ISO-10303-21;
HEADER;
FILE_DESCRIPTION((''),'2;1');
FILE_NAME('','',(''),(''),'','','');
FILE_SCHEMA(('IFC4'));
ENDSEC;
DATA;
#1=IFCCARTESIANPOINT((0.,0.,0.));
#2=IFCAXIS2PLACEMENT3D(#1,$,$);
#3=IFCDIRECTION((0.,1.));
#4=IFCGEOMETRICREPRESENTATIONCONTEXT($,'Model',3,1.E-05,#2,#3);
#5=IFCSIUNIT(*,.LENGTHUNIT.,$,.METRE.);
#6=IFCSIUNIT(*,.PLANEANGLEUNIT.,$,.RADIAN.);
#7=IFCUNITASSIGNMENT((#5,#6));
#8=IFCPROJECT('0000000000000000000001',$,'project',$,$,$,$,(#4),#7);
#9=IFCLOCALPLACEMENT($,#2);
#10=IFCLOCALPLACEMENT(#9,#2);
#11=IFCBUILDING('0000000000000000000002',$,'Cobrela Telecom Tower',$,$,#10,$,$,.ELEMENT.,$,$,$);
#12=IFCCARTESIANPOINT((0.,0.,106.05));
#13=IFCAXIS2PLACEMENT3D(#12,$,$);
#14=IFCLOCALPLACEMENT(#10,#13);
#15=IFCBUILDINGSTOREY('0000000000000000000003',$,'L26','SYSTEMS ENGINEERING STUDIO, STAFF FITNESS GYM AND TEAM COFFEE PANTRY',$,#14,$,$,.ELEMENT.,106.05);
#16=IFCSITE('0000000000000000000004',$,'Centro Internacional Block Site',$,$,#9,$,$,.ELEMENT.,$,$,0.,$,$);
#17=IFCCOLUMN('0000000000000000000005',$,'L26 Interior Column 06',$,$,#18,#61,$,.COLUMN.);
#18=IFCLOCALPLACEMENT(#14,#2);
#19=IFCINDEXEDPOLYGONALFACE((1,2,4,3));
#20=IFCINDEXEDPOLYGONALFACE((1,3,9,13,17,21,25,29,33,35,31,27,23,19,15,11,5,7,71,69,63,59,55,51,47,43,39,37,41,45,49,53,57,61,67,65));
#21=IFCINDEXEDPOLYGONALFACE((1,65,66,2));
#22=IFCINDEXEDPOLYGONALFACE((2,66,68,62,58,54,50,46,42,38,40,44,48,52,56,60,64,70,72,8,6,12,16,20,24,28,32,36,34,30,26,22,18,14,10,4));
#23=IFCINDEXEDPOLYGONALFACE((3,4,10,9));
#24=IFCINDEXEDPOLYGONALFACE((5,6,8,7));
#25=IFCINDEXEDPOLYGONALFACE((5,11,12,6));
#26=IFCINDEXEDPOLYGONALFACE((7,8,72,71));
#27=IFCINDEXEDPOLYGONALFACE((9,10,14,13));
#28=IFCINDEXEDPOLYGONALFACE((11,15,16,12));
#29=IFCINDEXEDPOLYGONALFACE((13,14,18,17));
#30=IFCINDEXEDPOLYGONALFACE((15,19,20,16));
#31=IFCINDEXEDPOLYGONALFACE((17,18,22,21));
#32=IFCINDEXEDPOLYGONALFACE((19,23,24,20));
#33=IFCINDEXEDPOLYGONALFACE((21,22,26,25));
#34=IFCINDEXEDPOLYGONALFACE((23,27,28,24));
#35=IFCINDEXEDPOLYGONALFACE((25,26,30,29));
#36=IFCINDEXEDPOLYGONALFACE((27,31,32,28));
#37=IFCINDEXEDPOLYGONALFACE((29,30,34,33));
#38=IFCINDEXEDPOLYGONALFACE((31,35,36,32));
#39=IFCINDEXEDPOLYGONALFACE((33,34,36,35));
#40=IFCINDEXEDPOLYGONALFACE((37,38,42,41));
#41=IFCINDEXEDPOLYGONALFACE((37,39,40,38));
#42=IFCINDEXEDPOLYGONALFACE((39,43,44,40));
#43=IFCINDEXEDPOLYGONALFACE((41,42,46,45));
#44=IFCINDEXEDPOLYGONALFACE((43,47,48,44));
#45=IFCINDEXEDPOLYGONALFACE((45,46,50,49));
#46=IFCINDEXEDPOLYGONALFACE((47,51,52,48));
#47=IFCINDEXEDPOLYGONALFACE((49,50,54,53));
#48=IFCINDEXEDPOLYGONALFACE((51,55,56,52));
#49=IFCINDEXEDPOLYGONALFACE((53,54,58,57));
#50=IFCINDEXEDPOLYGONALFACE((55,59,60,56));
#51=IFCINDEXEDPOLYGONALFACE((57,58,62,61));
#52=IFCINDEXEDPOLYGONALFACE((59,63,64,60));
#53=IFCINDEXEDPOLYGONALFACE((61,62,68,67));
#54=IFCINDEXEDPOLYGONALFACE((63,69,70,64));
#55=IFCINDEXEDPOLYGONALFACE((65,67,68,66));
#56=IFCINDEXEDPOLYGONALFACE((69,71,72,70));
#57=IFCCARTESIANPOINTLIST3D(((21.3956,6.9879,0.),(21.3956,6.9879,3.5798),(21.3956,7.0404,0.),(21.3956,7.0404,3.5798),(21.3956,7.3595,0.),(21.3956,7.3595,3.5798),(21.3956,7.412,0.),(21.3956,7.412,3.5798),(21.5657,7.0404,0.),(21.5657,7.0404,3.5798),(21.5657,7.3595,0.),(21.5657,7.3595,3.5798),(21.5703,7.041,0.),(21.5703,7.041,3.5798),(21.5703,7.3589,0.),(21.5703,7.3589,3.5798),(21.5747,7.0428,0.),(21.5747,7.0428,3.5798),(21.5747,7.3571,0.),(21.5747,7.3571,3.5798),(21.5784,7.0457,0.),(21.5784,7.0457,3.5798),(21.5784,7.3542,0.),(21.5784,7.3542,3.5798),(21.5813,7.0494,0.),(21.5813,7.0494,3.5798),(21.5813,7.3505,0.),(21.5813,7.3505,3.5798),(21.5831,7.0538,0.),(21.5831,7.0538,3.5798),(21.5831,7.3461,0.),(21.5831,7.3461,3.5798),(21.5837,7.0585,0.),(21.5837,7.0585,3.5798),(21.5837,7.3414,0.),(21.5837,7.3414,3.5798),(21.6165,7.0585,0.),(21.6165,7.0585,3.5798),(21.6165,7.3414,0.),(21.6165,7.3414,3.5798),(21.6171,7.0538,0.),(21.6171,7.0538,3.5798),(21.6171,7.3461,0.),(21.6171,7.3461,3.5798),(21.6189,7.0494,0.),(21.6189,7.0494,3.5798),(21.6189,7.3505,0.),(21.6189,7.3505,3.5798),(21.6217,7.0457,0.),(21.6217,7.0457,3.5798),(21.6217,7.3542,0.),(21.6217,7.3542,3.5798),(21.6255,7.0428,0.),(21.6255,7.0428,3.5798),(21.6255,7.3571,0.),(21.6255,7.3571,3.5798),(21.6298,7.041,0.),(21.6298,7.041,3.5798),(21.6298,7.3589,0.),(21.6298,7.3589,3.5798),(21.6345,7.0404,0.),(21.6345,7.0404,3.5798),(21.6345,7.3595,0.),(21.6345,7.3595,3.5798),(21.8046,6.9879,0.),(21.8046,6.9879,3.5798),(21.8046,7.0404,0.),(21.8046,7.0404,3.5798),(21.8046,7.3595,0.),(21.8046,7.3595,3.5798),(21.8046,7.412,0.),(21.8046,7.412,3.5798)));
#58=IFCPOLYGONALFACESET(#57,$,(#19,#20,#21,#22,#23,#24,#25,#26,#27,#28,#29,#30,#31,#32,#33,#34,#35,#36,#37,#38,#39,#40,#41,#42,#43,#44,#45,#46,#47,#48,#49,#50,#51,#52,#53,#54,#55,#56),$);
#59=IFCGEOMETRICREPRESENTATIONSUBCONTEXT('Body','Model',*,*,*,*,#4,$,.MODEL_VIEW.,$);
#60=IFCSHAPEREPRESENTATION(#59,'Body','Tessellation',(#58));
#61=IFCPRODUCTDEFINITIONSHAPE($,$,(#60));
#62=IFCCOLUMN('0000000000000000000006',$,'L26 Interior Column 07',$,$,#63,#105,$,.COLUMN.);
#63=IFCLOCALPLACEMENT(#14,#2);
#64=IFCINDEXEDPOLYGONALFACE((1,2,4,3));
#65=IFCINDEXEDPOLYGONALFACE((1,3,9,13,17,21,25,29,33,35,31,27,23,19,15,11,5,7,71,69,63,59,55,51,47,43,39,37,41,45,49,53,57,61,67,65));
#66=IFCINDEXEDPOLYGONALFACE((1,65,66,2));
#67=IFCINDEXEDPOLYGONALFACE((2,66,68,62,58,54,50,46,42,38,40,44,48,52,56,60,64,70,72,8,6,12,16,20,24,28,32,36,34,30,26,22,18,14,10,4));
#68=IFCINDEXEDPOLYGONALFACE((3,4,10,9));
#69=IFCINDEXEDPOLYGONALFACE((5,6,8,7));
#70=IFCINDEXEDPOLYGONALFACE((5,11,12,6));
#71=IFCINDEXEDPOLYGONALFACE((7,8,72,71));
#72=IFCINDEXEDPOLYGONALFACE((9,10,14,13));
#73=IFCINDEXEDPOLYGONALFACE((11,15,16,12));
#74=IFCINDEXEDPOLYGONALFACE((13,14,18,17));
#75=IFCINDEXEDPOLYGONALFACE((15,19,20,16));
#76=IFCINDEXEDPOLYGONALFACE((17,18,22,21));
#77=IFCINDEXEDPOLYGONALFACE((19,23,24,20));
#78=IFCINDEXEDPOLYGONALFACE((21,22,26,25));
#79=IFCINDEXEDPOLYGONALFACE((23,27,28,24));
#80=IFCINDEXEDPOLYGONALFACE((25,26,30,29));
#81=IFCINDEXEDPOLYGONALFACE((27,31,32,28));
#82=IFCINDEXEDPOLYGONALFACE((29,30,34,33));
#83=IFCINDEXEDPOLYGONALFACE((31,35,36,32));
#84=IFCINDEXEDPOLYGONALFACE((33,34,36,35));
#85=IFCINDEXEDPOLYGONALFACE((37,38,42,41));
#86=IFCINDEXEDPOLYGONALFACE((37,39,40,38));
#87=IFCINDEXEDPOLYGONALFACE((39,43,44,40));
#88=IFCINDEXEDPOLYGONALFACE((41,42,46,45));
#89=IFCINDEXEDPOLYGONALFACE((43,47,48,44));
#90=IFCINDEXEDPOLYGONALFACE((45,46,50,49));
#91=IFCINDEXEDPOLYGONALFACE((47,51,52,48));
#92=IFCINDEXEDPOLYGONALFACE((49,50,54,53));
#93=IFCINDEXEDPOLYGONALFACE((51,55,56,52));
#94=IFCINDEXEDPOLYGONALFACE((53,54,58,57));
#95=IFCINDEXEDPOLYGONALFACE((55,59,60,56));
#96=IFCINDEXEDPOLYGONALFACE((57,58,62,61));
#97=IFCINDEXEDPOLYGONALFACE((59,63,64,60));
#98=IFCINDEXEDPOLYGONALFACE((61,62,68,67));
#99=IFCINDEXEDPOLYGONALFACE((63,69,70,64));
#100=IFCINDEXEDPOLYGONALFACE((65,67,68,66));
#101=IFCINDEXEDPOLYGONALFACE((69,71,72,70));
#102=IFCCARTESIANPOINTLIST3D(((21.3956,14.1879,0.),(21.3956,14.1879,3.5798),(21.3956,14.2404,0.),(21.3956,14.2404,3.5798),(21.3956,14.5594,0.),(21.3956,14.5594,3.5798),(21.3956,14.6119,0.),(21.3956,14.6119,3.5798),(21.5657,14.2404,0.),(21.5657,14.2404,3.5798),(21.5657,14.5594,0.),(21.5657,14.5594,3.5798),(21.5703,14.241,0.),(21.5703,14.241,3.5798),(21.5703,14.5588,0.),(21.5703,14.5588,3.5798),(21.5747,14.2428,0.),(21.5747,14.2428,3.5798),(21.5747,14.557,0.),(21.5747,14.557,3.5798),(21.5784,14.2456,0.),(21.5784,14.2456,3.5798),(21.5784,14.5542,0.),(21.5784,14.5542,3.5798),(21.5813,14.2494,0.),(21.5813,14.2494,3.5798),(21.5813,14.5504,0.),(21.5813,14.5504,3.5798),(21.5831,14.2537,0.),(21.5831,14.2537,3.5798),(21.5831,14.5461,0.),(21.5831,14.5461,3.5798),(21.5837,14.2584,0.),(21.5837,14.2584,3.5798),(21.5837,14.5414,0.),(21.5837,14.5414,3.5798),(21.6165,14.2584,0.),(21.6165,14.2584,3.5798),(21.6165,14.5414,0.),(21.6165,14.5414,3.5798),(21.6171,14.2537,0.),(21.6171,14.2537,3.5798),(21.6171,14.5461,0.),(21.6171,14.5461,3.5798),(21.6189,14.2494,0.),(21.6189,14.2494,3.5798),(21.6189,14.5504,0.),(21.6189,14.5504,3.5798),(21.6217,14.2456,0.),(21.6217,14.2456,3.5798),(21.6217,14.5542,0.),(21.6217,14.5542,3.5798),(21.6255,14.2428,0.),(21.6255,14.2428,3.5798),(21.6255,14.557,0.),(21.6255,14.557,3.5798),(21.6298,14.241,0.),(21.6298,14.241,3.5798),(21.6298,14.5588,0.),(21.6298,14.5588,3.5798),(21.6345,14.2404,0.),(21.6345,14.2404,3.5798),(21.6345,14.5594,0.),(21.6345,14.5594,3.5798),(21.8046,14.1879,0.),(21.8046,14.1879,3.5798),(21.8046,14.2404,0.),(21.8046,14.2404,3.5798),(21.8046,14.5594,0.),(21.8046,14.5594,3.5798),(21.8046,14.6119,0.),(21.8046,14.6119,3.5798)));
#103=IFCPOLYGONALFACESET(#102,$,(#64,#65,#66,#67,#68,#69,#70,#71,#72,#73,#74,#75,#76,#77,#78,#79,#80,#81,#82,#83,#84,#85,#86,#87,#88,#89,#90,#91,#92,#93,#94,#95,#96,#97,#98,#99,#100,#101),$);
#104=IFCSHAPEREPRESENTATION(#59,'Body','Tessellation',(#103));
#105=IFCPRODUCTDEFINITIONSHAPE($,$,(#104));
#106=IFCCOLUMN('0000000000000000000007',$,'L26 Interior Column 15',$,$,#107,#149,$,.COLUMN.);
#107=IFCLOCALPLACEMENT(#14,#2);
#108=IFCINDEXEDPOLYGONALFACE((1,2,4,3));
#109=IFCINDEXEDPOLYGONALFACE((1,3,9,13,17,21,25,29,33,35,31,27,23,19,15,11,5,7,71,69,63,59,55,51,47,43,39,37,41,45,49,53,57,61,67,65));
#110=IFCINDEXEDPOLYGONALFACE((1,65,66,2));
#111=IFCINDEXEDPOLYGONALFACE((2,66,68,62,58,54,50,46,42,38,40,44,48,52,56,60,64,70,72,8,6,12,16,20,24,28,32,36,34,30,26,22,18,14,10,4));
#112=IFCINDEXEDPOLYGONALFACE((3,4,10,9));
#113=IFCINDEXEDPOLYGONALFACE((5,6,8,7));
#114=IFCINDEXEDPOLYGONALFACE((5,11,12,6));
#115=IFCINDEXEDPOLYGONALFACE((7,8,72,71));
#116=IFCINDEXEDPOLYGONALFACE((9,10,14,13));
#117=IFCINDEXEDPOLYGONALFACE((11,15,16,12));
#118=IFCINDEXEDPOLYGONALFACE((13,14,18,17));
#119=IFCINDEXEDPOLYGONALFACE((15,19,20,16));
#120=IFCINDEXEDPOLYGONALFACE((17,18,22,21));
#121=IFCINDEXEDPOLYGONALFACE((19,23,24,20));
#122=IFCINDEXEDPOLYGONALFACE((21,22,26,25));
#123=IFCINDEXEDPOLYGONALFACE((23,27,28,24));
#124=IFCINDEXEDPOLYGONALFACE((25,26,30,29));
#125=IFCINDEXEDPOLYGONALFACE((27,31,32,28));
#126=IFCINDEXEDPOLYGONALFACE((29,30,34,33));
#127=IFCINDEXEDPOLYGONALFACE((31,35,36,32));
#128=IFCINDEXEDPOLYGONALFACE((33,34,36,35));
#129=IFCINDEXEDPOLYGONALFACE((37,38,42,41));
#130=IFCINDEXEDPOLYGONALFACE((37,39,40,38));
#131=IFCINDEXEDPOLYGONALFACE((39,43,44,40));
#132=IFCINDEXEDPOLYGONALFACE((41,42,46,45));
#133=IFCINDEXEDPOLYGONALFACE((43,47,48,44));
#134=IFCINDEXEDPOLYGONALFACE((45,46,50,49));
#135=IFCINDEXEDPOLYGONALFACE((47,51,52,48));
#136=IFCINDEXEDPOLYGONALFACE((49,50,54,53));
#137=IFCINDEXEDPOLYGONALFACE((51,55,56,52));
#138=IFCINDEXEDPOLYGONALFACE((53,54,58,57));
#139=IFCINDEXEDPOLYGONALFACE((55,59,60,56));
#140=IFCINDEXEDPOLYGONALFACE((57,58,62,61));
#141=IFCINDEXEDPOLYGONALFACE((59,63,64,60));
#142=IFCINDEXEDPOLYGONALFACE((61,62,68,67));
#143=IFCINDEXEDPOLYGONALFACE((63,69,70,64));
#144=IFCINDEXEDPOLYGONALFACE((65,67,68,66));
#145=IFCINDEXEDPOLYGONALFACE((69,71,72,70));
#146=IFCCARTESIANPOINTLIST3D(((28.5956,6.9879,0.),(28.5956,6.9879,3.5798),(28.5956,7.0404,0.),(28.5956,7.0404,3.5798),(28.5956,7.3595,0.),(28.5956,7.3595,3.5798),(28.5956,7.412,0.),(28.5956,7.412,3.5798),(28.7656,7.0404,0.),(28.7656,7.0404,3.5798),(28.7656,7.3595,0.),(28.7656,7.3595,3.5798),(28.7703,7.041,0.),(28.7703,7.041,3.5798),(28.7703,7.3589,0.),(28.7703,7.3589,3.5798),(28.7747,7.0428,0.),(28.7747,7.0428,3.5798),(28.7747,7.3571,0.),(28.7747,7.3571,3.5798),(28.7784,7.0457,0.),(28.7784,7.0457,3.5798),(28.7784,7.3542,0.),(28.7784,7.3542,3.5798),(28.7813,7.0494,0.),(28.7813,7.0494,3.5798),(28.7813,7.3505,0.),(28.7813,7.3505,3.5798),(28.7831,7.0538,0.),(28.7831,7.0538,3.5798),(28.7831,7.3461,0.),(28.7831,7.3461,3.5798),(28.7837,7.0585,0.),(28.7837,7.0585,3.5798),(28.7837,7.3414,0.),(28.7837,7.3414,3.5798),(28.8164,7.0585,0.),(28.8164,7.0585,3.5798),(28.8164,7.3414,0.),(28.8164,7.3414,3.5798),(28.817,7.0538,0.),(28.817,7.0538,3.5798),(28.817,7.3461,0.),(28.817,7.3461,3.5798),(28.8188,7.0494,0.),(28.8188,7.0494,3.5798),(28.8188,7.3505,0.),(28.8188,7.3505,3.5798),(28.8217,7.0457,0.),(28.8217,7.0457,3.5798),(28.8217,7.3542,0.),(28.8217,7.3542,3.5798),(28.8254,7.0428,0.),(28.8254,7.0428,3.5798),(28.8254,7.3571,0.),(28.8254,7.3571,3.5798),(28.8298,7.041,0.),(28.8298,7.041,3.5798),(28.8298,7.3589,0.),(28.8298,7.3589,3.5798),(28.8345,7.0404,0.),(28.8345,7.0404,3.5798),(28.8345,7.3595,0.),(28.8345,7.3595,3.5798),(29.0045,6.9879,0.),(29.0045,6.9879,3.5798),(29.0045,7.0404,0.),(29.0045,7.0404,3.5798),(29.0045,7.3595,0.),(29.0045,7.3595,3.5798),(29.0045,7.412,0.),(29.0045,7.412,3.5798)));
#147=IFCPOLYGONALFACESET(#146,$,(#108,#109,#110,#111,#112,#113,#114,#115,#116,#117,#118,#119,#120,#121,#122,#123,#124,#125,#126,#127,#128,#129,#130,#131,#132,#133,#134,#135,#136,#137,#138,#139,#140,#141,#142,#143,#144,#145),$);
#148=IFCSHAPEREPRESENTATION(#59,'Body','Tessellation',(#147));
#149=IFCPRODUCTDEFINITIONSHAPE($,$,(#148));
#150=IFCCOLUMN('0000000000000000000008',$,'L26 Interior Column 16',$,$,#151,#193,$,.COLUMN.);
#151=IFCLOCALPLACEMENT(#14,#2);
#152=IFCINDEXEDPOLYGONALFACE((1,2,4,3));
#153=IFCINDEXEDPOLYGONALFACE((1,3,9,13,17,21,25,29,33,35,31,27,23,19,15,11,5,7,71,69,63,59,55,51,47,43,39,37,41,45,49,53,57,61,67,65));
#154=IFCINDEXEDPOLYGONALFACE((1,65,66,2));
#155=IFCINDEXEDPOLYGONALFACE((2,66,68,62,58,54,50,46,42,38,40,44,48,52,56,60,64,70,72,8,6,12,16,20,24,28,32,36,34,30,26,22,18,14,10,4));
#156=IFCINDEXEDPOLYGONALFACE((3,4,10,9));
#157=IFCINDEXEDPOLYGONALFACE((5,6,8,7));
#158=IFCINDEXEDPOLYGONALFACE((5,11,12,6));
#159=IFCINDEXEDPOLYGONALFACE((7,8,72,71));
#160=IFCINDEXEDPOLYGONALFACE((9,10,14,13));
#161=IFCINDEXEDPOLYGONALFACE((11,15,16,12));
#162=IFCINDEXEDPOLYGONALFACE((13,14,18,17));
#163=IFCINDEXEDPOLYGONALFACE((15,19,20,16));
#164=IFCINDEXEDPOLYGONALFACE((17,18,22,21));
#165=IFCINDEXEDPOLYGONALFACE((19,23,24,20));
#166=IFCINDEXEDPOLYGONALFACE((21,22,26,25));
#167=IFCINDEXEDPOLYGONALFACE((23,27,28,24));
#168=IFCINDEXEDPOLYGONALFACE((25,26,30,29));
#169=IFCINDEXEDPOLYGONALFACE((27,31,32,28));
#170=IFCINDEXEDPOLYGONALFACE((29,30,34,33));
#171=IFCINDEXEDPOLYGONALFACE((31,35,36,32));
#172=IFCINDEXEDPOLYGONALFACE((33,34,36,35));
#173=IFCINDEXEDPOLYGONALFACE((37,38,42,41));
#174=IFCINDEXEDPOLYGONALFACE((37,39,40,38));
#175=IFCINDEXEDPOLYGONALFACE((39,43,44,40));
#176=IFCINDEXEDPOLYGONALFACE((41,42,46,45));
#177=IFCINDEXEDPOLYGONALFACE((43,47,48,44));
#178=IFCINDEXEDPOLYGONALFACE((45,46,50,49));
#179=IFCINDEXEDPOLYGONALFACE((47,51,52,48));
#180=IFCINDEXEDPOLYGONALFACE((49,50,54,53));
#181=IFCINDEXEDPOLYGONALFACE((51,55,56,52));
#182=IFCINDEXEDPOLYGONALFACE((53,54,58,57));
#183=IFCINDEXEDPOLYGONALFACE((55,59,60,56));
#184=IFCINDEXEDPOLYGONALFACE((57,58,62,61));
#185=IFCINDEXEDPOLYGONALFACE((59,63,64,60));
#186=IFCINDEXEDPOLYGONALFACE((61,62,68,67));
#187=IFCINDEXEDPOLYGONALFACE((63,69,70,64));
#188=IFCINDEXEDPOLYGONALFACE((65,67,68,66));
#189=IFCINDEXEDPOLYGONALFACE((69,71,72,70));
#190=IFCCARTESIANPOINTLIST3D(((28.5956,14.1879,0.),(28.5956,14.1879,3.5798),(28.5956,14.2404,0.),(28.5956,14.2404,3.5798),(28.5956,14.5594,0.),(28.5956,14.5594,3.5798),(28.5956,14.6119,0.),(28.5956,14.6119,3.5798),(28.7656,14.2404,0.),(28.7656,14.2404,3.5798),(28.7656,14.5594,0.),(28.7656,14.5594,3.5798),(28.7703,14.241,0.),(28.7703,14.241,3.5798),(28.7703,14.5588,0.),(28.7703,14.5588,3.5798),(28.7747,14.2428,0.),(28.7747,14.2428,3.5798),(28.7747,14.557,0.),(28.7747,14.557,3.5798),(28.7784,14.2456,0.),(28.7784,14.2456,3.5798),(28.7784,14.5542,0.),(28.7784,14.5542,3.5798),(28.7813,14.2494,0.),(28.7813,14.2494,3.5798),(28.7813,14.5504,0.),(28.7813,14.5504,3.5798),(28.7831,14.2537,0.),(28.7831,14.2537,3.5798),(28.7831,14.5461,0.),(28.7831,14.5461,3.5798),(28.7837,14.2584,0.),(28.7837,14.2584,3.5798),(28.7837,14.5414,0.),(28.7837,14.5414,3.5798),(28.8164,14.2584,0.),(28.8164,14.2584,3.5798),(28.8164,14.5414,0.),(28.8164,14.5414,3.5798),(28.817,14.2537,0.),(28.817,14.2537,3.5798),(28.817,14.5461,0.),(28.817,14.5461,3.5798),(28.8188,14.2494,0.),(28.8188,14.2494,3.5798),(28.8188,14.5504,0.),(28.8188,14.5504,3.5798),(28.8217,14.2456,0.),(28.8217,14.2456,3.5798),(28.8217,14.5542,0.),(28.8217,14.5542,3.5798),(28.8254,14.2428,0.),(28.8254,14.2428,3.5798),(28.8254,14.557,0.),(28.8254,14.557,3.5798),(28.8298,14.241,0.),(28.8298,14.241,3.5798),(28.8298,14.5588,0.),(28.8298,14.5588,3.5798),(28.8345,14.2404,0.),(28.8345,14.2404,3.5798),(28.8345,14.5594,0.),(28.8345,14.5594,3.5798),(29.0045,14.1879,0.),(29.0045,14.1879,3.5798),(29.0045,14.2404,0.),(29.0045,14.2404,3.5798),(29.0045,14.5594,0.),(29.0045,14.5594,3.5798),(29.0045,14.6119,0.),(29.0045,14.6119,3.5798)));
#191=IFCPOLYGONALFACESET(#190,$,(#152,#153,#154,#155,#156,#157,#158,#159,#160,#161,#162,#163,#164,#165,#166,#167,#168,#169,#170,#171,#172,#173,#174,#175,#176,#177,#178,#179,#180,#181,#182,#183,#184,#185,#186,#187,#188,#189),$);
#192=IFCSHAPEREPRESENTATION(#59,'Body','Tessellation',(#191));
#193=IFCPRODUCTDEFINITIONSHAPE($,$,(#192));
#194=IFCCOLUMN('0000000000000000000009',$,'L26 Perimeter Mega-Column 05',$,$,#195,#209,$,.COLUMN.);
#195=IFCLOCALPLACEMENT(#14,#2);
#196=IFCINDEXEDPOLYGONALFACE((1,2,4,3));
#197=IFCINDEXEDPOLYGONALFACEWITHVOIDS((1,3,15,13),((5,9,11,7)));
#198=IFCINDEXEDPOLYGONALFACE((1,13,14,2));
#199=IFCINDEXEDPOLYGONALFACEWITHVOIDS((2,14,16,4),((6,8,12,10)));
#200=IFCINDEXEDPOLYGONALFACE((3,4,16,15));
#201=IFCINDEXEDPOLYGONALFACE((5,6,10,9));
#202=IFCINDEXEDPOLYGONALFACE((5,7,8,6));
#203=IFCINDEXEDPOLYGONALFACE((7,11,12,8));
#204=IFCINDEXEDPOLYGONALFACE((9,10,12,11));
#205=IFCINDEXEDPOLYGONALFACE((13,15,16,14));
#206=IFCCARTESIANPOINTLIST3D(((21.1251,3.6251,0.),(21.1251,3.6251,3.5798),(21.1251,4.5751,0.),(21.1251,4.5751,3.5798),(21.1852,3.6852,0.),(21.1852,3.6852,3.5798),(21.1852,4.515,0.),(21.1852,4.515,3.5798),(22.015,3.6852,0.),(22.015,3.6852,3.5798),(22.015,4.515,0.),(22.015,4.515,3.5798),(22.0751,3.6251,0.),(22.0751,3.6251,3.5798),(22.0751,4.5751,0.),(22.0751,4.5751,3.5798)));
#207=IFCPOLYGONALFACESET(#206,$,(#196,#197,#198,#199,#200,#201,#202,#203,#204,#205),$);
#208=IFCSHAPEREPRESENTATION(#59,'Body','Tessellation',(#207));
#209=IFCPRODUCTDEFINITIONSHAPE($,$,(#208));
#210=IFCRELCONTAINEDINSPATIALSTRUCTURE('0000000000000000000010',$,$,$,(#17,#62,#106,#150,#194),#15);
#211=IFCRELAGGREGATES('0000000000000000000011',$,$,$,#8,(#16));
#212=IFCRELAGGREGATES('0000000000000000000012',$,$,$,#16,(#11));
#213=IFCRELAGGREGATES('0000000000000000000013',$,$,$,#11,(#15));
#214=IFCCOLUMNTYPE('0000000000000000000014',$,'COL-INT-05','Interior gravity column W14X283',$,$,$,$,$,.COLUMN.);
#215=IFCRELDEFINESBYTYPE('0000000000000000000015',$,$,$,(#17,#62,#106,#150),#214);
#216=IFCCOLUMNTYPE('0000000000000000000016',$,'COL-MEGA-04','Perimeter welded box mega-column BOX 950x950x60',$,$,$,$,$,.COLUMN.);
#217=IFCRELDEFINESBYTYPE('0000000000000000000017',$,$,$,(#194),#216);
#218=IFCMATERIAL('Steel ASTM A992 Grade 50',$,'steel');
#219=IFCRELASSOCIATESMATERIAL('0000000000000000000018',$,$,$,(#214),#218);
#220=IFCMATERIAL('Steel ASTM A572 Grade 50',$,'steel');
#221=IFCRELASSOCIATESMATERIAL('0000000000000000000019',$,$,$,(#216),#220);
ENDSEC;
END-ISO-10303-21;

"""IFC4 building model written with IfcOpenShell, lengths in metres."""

from ifc_helpers import new_model, si_unit, direction, frame, origin, origin_2d, place, context, subcontext, project, spatial, hollow_rectangle, i_section, extrude, material, material_profile, profile_set, type_object, element, save


model = new_model("IFC4")

# Units and contexts
model_context = context("Model", 3, precision=1e-05, world=origin(), true_north=direction((0.0, 1.0)))
body_context = subcontext(model_context, "Body", "Model", "MODEL_VIEW")
ifc_project = project(units=[si_unit("LENGTHUNIT", "METRE"), si_unit("PLANEANGLEUNIT", "RADIAN")], contexts=[model_context])

# Site, building, storey
site_placement = place(None, origin())
site = spatial("IfcSite", under=ifc_project, at=site_placement, Name="Centro Internacional Block Site", CompositionType="ELEMENT", RefElevation=0.0)
building_placement = place(site_placement, origin())
building = spatial("IfcBuilding", under=site, at=building_placement, Name="Cobrela Telecom Tower", CompositionType="ELEMENT")
storey_placement = place(building_placement, frame((0.0, 0.0, 106.05)))
storey = spatial("IfcBuildingStorey", under=building, at=storey_placement, Name="L26", Description="SYSTEMS ENGINEERING STUDIO, STAFF FITNESS GYM AND TEAM COFFEE PANTRY", CompositionType="ELEMENT", Elevation=106.05)

# Columns
ifc_material_1 = material(Name="Steel ASTM A992 Grade 50", Category="steel")
ifc_material_profile_1 = material_profile(ifc_material_1, i_section(OverallWidth=0.4089, OverallDepth=0.4241, WebThickness=0.0327, FlangeThickness=0.0525, FilletRadius=0.0181, at=origin_2d()), Name="W14X283")
ifc_profile_set_1 = profile_set([ifc_material_profile_1], Name="Steel ASTM A992 Grade 50")
column_type_1 = type_object("IfcColumnType", Name="COL-INT-05", Description="Interior gravity column W14X283", PredefinedType="COLUMN", material=ifc_profile_set_1)
for number, where, z_axis, x_axis, name in (
    (1, (21.6001, 7.2, 0.0), (0.0, 0.0, 1.0), (1.0, 0.0, 0.0), "L26 Interior Column 06"),
    (2, (21.6001, 14.3999, 0.0), (0.0, 0.0, 1.0), (1.0, 0.0, 0.0), "L26 Interior Column 07"),
    (3, (28.8, 7.2, 0.0), (0.0, 0.0, 1.0), (1.0, 0.0, 0.0), "L26 Interior Column 15"),
    (4, (28.8, 14.3999, 0.0), (0.0, 0.0, 1.0), (1.0, 0.0, 0.0), "L26 Interior Column 16"),
):
    element("IfcColumn", number, at=place(storey_placement, frame(where, z_axis=z_axis, x_axis=x_axis)), inside=storey, type_object=column_type_1, Name=name, PredefinedType="COLUMN", context=body_context, shape_type="SweptSolid", body=[
        extrude(i_section(OverallWidth=0.4089, OverallDepth=0.4241, WebThickness=0.0327, FlangeThickness=0.0525, FilletRadius=0.0181, at=origin_2d()), origin(), (0.0, 0.0, 1.0), 3.5798),
    ])
ifc_material_2 = material(Name="Steel ASTM A572 Grade 50", Category="steel")
ifc_material_profile_2 = material_profile(ifc_material_2, hollow_rectangle(XDim=0.95, YDim=0.95, WallThickness=0.0601, at=origin_2d()), Name="BOX 950x950x60")
ifc_profile_set_2 = profile_set([ifc_material_profile_2], Name="Steel ASTM A572 Grade 50")
column_type_2 = type_object("IfcColumnType", Name="COL-MEGA-04", Description="Perimeter welded box mega-column BOX 950x950x60", PredefinedType="COLUMN", material=ifc_profile_set_2)
for number, where, z_axis, x_axis, name in (
    (5, (21.6001, 4.1001, 0.0), (0.0, 0.0, 1.0), (1.0, 0.0, 0.0), "L26 Perimeter Mega-Column 05"),
):
    element("IfcColumn", number, at=place(storey_placement, frame(where, z_axis=z_axis, x_axis=x_axis)), inside=storey, type_object=column_type_2, Name=name, PredefinedType="COLUMN", context=body_context, shape_type="SweptSolid", body=[
        extrude(hollow_rectangle(XDim=0.95, YDim=0.95, WallThickness=0.0601, at=origin_2d()), origin(), (0.0, 0.0, 1.0), 3.5798),
    ])

save(model, "model.ifc")
